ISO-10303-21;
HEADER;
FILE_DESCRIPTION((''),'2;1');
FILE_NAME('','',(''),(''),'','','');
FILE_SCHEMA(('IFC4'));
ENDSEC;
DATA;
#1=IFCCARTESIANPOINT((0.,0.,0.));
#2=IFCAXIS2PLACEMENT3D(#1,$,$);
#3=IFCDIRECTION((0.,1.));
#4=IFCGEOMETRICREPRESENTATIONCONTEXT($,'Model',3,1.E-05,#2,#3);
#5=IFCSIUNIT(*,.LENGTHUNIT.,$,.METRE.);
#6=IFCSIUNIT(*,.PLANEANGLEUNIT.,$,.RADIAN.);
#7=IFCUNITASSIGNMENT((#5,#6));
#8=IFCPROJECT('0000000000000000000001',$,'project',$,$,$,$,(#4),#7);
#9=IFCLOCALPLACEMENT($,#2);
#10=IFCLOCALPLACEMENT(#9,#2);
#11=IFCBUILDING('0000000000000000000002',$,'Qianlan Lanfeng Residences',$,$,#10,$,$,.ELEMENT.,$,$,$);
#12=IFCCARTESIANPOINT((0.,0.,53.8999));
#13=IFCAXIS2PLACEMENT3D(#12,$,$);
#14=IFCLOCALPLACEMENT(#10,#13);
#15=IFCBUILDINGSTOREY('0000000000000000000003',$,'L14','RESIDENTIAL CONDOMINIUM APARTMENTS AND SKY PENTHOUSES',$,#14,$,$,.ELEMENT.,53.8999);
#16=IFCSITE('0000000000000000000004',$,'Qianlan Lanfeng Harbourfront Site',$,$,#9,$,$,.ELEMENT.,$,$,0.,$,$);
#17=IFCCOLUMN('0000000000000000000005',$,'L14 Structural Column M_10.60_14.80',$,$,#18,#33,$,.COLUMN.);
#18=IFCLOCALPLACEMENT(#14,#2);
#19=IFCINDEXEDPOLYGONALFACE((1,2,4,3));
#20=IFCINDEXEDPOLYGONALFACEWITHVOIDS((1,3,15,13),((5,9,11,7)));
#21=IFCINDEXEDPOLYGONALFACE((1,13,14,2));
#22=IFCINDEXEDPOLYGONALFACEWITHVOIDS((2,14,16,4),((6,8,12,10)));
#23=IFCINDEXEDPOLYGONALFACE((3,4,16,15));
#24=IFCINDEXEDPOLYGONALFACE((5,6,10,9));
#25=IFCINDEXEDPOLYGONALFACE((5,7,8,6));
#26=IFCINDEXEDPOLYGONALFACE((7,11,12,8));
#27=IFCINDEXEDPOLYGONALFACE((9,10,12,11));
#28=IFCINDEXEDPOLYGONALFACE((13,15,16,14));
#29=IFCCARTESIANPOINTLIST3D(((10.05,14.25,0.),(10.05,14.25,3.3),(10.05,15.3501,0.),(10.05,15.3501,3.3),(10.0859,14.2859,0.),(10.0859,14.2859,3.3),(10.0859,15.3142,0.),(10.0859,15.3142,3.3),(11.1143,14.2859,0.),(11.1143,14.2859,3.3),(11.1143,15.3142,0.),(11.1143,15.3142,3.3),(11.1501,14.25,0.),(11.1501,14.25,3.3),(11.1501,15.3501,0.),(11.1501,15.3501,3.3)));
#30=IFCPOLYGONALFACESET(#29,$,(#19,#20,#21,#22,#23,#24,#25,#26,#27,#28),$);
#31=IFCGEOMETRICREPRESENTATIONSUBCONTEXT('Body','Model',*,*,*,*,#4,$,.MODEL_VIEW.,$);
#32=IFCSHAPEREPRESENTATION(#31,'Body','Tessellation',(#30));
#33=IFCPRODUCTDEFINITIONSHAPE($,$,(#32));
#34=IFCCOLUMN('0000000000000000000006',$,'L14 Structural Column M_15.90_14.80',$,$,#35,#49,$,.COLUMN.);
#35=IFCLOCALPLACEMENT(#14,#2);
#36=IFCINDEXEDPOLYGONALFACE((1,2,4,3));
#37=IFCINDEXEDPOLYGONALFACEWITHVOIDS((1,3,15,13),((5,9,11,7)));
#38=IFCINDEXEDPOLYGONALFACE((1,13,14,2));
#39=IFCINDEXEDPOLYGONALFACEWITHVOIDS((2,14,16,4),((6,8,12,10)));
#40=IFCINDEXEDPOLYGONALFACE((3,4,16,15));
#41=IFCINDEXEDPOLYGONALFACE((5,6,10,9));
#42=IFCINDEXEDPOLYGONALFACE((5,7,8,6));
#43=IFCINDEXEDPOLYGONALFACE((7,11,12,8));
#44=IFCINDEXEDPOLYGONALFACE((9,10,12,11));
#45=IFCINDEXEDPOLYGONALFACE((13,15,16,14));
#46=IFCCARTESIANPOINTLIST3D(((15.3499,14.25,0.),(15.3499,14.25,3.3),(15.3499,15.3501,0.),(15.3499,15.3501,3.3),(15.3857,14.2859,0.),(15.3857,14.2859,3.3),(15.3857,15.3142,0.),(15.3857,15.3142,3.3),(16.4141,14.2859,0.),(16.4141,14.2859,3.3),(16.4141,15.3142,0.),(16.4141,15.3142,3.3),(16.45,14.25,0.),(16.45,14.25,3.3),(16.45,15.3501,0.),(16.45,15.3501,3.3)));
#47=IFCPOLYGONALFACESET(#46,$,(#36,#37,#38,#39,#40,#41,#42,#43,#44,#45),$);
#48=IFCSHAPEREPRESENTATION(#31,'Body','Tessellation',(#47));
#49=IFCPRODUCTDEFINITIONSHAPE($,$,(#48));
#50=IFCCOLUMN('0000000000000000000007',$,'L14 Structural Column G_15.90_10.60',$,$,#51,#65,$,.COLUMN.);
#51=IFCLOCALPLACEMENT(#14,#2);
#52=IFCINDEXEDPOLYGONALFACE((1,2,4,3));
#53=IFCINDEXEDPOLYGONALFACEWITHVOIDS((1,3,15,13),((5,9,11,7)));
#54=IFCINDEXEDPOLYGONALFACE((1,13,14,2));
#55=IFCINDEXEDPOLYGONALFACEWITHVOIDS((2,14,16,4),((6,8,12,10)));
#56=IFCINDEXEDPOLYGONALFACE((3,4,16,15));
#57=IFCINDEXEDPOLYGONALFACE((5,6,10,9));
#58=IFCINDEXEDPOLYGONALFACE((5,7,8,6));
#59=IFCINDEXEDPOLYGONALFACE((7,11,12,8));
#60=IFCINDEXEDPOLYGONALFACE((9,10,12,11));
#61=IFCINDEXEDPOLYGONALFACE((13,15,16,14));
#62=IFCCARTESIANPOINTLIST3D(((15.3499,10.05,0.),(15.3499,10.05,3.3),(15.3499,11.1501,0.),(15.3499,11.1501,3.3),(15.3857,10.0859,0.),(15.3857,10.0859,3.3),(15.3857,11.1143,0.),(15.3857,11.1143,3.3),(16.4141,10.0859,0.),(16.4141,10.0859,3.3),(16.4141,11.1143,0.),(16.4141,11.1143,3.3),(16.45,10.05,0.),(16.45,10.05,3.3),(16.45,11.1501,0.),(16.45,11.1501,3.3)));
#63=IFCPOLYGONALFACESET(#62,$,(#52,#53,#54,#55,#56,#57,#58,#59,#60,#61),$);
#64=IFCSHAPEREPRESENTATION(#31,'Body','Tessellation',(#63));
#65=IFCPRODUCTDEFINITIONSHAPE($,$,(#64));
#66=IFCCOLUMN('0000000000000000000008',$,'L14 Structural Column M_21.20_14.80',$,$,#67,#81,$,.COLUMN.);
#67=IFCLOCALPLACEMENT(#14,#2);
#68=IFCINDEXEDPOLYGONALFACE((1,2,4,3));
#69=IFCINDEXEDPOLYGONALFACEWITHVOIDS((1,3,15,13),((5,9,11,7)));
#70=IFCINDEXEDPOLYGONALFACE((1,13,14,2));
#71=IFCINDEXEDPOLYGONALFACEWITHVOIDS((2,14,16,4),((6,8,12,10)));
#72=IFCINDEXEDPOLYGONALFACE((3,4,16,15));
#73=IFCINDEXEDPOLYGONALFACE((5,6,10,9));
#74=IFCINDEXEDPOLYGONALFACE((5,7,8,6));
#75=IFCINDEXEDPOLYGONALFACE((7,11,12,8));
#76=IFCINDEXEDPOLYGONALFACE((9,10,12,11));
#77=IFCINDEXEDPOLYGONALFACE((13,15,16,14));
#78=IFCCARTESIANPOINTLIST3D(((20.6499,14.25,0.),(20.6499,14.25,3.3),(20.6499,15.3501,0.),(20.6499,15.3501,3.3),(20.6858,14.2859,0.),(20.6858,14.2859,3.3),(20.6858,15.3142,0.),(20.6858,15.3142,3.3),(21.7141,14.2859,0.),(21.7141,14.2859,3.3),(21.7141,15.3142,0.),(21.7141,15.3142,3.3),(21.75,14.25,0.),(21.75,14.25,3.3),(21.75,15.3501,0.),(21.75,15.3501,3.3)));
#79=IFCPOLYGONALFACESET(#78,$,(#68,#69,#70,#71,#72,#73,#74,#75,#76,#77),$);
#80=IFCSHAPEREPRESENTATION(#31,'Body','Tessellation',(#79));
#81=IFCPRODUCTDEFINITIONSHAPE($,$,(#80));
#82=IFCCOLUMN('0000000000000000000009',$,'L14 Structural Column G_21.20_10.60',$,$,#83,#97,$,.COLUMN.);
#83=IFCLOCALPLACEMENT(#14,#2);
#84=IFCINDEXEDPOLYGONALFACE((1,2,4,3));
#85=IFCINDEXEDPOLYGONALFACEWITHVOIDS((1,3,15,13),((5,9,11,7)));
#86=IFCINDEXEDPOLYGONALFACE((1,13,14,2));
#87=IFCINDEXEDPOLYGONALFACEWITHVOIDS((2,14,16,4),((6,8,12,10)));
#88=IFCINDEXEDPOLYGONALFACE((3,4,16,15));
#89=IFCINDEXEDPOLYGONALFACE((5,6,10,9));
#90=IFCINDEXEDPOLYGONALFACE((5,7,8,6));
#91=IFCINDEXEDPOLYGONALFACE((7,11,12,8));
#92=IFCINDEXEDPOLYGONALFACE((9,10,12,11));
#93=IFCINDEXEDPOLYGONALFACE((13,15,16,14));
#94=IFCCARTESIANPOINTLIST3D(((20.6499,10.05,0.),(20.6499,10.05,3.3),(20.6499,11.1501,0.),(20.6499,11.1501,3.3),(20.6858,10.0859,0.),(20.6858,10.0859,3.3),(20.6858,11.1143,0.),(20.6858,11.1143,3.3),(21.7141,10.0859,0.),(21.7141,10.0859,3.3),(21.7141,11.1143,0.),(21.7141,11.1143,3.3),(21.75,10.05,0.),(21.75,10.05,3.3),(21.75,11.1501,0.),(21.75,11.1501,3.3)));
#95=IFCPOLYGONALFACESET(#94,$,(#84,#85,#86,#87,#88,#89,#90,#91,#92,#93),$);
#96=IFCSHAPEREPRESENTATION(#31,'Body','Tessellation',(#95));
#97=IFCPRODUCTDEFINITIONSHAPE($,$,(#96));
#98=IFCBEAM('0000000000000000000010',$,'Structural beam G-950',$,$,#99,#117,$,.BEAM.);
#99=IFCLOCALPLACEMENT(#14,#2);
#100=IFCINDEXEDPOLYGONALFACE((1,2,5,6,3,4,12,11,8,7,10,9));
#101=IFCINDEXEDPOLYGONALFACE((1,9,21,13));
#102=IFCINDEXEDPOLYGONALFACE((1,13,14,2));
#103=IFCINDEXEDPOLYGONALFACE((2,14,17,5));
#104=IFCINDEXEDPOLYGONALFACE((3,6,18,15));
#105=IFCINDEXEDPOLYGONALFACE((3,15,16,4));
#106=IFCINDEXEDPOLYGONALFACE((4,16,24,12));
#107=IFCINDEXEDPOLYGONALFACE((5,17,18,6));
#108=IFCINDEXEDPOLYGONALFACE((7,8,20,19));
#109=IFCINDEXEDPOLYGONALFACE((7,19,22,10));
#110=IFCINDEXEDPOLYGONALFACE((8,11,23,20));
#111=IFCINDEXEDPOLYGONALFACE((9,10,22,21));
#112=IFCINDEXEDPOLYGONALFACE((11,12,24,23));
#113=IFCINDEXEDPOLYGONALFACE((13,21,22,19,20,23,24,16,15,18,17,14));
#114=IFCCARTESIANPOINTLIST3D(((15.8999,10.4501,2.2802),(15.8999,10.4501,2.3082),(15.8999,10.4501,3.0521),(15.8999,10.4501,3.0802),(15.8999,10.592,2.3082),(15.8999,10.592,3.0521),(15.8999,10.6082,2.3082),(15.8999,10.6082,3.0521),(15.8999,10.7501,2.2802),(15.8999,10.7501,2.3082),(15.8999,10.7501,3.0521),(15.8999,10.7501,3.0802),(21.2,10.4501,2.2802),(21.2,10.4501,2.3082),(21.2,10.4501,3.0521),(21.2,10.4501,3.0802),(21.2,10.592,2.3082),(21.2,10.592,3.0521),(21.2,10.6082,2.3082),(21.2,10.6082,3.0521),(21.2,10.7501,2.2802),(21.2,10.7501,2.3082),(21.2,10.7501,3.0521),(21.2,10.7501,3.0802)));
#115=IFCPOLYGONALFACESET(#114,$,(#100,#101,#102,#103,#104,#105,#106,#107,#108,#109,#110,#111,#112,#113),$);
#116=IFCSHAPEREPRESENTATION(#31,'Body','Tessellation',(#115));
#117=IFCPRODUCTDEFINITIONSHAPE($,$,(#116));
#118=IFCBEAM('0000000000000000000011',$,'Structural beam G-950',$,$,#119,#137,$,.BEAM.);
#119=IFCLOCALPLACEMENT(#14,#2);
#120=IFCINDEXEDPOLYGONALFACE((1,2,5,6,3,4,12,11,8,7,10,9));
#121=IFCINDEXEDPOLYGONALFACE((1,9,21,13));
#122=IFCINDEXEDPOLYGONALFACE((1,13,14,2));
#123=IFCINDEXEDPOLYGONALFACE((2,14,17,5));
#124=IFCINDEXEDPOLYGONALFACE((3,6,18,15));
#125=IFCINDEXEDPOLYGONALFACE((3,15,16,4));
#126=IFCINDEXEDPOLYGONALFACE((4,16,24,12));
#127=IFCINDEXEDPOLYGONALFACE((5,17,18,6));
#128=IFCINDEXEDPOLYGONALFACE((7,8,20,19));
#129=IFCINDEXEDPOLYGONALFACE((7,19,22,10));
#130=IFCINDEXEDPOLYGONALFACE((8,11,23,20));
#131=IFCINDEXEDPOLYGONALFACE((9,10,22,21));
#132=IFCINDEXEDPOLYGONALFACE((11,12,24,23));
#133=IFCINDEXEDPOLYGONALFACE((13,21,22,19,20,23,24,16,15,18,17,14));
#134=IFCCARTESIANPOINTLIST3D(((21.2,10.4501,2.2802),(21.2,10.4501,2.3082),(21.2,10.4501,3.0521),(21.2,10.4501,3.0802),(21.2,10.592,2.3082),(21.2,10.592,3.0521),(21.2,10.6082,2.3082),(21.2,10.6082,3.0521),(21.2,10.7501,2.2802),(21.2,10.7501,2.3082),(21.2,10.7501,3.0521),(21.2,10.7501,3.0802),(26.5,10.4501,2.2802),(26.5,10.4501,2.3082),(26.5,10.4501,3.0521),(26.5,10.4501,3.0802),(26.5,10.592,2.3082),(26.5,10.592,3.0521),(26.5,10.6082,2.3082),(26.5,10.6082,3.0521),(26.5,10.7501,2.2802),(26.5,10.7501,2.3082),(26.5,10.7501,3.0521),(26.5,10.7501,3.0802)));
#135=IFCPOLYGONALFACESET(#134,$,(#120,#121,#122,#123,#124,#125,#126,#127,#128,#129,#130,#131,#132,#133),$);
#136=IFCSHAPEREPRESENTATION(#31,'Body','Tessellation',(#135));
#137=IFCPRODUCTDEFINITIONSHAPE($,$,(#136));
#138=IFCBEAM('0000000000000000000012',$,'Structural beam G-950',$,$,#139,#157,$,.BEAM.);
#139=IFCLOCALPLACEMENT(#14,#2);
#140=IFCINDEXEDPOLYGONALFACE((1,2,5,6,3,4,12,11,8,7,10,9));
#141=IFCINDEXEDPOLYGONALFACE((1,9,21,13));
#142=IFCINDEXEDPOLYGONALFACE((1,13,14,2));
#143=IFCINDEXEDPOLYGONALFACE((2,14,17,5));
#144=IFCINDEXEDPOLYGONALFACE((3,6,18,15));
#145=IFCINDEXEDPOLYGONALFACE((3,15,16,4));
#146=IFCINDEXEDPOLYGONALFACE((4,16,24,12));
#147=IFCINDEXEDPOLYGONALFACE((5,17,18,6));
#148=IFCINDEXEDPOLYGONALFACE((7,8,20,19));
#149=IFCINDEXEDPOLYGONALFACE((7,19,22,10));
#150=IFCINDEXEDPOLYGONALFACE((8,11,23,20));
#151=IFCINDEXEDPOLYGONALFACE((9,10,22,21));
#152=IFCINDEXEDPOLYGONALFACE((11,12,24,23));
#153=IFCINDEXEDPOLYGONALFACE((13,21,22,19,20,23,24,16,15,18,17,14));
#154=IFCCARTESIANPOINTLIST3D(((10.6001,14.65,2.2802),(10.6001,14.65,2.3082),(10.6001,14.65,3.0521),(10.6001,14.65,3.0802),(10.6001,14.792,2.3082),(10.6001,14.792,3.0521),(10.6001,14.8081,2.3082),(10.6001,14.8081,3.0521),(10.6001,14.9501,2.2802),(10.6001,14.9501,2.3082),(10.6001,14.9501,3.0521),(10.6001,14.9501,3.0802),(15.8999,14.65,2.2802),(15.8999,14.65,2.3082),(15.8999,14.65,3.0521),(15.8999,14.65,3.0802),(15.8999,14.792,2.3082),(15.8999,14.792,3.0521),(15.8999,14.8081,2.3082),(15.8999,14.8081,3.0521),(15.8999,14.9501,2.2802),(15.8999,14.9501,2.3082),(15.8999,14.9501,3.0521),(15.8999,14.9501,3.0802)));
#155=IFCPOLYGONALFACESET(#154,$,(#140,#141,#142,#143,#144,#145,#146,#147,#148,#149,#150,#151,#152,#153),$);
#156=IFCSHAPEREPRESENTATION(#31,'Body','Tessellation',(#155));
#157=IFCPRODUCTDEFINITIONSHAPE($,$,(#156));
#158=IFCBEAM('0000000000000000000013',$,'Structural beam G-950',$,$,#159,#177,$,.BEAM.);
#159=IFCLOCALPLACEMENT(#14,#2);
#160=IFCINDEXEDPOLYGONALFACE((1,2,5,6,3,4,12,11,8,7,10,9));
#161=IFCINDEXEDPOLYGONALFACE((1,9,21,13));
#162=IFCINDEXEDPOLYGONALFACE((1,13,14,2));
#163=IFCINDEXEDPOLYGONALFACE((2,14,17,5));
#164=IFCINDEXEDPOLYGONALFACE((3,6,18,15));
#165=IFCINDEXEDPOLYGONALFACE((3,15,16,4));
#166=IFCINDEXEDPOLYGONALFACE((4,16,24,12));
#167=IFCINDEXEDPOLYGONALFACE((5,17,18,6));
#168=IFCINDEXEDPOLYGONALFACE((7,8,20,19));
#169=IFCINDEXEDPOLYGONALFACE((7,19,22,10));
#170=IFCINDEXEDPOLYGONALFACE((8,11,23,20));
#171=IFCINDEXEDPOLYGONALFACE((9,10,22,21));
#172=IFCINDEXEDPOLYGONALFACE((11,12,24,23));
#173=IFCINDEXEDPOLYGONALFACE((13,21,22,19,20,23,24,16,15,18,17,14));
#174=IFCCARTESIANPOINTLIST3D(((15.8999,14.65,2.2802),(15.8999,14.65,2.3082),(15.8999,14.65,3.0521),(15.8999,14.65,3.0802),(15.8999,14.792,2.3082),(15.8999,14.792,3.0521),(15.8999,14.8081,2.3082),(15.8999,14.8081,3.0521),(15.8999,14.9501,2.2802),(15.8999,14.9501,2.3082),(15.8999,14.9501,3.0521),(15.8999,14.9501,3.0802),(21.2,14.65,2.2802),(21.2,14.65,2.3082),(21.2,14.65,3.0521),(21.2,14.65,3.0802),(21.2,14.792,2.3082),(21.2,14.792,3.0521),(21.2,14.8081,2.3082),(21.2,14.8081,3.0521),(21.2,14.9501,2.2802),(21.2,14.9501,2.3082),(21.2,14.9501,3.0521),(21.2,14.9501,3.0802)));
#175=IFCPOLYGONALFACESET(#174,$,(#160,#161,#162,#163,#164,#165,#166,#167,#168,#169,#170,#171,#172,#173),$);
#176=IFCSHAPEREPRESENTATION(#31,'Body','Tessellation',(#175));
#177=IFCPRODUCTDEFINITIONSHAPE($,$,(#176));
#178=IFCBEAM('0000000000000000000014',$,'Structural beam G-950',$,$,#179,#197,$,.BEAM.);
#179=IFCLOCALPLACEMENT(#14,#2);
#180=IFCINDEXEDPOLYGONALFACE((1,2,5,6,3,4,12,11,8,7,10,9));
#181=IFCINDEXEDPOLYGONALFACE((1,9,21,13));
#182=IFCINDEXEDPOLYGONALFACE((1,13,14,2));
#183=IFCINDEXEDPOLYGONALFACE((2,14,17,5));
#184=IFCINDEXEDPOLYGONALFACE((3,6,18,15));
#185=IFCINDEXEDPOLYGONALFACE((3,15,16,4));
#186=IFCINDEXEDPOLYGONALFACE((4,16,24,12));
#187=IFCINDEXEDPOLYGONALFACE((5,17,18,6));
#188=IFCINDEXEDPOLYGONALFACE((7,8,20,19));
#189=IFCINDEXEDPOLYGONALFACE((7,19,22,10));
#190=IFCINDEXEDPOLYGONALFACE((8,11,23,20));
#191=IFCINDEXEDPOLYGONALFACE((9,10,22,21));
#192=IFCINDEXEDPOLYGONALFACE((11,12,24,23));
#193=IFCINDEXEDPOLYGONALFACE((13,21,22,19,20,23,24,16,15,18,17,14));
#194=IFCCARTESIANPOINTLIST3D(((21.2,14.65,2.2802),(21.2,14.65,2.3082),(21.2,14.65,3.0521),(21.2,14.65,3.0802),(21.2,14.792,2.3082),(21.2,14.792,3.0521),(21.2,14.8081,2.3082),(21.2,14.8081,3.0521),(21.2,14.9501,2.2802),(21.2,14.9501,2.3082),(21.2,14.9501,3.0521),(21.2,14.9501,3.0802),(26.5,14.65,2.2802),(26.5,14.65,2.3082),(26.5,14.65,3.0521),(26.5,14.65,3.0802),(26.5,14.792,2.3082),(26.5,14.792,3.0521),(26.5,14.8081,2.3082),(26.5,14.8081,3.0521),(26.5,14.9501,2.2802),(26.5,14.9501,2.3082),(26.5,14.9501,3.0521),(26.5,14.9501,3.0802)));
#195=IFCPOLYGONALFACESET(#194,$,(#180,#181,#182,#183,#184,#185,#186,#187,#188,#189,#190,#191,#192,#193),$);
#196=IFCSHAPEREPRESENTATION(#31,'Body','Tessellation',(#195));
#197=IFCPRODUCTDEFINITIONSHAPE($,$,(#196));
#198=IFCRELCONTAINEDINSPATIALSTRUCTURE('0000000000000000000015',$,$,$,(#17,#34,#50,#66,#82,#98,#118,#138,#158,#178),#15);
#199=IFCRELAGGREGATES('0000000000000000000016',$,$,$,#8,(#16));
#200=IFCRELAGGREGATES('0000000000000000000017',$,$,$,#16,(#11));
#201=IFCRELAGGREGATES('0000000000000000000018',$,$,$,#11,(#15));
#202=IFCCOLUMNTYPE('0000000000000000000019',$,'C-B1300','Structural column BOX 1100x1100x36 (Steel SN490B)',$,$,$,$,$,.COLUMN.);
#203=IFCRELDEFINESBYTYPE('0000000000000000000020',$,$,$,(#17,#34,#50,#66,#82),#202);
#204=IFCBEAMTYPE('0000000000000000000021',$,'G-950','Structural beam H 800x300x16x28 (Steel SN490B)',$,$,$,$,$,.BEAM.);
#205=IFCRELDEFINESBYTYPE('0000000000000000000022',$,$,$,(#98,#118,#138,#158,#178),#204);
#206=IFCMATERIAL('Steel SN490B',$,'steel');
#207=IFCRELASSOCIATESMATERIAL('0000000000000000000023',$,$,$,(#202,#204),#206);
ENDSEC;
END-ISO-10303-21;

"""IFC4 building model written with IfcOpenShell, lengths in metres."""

from ifc_helpers import new_model, si_unit, direction, frame, origin, origin_2d, place, context, subcontext, project, spatial, hollow_rectangle, i_section, extrude, material, material_profile, profile_set, type_object, element, save


model = new_model("IFC4")

# Units and contexts
model_context = context("Model", 3, precision=1e-05, world=origin(), true_north=direction((0.0, 1.0)))
body_context = subcontext(model_context, "Body", "Model", "MODEL_VIEW")
ifc_project = project(units=[si_unit("LENGTHUNIT", "METRE"), si_unit("PLANEANGLEUNIT", "RADIAN")], contexts=[model_context])

# Site, building, storey
site_placement = place(None, origin())
site = spatial("IfcSite", under=ifc_project, at=site_placement, Name="Qianlan Lanfeng Harbourfront Site", CompositionType="ELEMENT", RefElevation=0.0)
building_placement = place(site_placement, origin())
building = spatial("IfcBuilding", under=site, at=building_placement, Name="Qianlan Lanfeng Residences", CompositionType="ELEMENT")
storey_placement = place(building_placement, frame((0.0, 0.0, 53.8999)))
storey = spatial("IfcBuildingStorey", under=building, at=storey_placement, Name="L14", Description="RESIDENTIAL CONDOMINIUM APARTMENTS AND SKY PENTHOUSES", CompositionType="ELEMENT", Elevation=53.8999)

# Columns
ifc_material_1 = material(Name="Steel SN490B", Category="steel")
ifc_material_profile_1 = material_profile(ifc_material_1, hollow_rectangle(XDim=1.1001, YDim=1.1001, WallThickness=0.0359, at=origin_2d()), Name="BOX 1100x1100x36")
ifc_profile_set_1 = profile_set([ifc_material_profile_1], Name="Steel SN490B")
column_type = type_object("IfcColumnType", Name="C-B1300", Description="Structural column BOX 1100x1100x36 (Steel SN490B)", PredefinedType="COLUMN", material=ifc_profile_set_1)
for number, where, z_axis, x_axis, name in (
    (1, (10.6001, 14.8, 0.0), (0.0, 0.0, 1.0), (1.0, 0.0, 0.0), "L14 Structural Column M_10.60_14.80"),
    (2, (15.8999, 14.8, 0.0), (0.0, 0.0, 1.0), (1.0, 0.0, 0.0), "L14 Structural Column M_15.90_14.80"),
    (3, (15.8999, 10.6001, 0.0), (0.0, 0.0, 1.0), (1.0, 0.0, 0.0), "L14 Structural Column G_15.90_10.60"),
    (4, (21.2, 14.8, 0.0), (0.0, 0.0, 1.0), (1.0, 0.0, 0.0), "L14 Structural Column M_21.20_14.80"),
    (5, (21.2, 10.6001, 0.0), (0.0, 0.0, 1.0), (1.0, 0.0, 0.0), "L14 Structural Column G_21.20_10.60"),
):
    element("IfcColumn", number, at=place(storey_placement, frame(where, z_axis=z_axis, x_axis=x_axis)), inside=storey, type_object=column_type, Name=name, PredefinedType="COLUMN", context=body_context, shape_type="SweptSolid", body=[
        extrude(hollow_rectangle(XDim=1.1001, YDim=1.1001, WallThickness=0.0359, at=origin_2d()), origin(), (0.0, 0.0, 1.0), 3.3),
    ])

# Beams
ifc_material_profile_2 = material_profile(ifc_material_1, i_section(OverallWidth=0.3, OverallDepth=0.8, WebThickness=0.0161, FlangeThickness=0.0281, at=origin_2d()), Name="H 800x300x16x28")
ifc_profile_set_2 = profile_set([ifc_material_profile_2], Name="Steel SN490B")
beam_type_1 = type_object("IfcBeamType", Name="G-950", Description="Structural beam H 800x300x16x28 (Steel SN490B)", PredefinedType="BEAM", material=ifc_profile_set_2)
for number, where, z_axis, x_axis, name in (
    (6, (15.8999, 10.6001, 2.6802), (1.0, 0.0, 0.0), (0.0, 1.0, 0.0), "Structural beam G-950"),
    (7, (21.2, 10.6001, 2.6802), (1.0, 0.0, 0.0), (0.0, 1.0, 0.0), "Structural beam G-950"),
):
    element("IfcBeam", number, at=place(storey_placement, frame(where, z_axis=z_axis, x_axis=x_axis)), inside=storey, type_object=beam_type_1, Name=name, PredefinedType="BEAM", context=body_context, shape_type="SweptSolid", body=[
        extrude(i_section(OverallWidth=0.3, OverallDepth=0.8, WebThickness=0.0161, FlangeThickness=0.0281, at=origin_2d()), origin(), (0.0, 0.0, 1.0), 5.3),
    ])
beam_1_placement = place(storey_placement, frame((10.6001, 14.8, 2.6802), z_axis=(1.0, 0.0, 0.0), x_axis=(0.0, 1.0, 0.0)))
element("IfcBeam", 8, at=beam_1_placement, inside=storey, type_object=beam_type_1, Name="Structural beam G-950", PredefinedType="BEAM", context=body_context, shape_type="SweptSolid", body=[
    extrude(i_section(OverallWidth=0.3, OverallDepth=0.8, WebThickness=0.0161, FlangeThickness=0.0281, at=origin_2d()), origin(), (0.0, 0.0, 1.0), 5.2998),
])
for number, where, z_axis, x_axis, name in (
    (9, (15.8999, 14.8, 2.6802), (1.0, 0.0, 0.0), (0.0, 1.0, 0.0), "Structural beam G-950"),
    (10, (21.2, 14.8, 2.6802), (1.0, 0.0, 0.0), (0.0, 1.0, 0.0), "Structural beam G-950"),
):
    element("IfcBeam", number, at=place(storey_placement, frame(where, z_axis=z_axis, x_axis=x_axis)), inside=storey, type_object=beam_type_1, Name=name, PredefinedType="BEAM", context=body_context, shape_type="SweptSolid", body=[
        extrude(i_section(OverallWidth=0.3, OverallDepth=0.8, WebThickness=0.0161, FlangeThickness=0.0281, at=origin_2d()), origin(), (0.0, 0.0, 1.0), 5.3),
    ])

save(model, "model.ifc")
